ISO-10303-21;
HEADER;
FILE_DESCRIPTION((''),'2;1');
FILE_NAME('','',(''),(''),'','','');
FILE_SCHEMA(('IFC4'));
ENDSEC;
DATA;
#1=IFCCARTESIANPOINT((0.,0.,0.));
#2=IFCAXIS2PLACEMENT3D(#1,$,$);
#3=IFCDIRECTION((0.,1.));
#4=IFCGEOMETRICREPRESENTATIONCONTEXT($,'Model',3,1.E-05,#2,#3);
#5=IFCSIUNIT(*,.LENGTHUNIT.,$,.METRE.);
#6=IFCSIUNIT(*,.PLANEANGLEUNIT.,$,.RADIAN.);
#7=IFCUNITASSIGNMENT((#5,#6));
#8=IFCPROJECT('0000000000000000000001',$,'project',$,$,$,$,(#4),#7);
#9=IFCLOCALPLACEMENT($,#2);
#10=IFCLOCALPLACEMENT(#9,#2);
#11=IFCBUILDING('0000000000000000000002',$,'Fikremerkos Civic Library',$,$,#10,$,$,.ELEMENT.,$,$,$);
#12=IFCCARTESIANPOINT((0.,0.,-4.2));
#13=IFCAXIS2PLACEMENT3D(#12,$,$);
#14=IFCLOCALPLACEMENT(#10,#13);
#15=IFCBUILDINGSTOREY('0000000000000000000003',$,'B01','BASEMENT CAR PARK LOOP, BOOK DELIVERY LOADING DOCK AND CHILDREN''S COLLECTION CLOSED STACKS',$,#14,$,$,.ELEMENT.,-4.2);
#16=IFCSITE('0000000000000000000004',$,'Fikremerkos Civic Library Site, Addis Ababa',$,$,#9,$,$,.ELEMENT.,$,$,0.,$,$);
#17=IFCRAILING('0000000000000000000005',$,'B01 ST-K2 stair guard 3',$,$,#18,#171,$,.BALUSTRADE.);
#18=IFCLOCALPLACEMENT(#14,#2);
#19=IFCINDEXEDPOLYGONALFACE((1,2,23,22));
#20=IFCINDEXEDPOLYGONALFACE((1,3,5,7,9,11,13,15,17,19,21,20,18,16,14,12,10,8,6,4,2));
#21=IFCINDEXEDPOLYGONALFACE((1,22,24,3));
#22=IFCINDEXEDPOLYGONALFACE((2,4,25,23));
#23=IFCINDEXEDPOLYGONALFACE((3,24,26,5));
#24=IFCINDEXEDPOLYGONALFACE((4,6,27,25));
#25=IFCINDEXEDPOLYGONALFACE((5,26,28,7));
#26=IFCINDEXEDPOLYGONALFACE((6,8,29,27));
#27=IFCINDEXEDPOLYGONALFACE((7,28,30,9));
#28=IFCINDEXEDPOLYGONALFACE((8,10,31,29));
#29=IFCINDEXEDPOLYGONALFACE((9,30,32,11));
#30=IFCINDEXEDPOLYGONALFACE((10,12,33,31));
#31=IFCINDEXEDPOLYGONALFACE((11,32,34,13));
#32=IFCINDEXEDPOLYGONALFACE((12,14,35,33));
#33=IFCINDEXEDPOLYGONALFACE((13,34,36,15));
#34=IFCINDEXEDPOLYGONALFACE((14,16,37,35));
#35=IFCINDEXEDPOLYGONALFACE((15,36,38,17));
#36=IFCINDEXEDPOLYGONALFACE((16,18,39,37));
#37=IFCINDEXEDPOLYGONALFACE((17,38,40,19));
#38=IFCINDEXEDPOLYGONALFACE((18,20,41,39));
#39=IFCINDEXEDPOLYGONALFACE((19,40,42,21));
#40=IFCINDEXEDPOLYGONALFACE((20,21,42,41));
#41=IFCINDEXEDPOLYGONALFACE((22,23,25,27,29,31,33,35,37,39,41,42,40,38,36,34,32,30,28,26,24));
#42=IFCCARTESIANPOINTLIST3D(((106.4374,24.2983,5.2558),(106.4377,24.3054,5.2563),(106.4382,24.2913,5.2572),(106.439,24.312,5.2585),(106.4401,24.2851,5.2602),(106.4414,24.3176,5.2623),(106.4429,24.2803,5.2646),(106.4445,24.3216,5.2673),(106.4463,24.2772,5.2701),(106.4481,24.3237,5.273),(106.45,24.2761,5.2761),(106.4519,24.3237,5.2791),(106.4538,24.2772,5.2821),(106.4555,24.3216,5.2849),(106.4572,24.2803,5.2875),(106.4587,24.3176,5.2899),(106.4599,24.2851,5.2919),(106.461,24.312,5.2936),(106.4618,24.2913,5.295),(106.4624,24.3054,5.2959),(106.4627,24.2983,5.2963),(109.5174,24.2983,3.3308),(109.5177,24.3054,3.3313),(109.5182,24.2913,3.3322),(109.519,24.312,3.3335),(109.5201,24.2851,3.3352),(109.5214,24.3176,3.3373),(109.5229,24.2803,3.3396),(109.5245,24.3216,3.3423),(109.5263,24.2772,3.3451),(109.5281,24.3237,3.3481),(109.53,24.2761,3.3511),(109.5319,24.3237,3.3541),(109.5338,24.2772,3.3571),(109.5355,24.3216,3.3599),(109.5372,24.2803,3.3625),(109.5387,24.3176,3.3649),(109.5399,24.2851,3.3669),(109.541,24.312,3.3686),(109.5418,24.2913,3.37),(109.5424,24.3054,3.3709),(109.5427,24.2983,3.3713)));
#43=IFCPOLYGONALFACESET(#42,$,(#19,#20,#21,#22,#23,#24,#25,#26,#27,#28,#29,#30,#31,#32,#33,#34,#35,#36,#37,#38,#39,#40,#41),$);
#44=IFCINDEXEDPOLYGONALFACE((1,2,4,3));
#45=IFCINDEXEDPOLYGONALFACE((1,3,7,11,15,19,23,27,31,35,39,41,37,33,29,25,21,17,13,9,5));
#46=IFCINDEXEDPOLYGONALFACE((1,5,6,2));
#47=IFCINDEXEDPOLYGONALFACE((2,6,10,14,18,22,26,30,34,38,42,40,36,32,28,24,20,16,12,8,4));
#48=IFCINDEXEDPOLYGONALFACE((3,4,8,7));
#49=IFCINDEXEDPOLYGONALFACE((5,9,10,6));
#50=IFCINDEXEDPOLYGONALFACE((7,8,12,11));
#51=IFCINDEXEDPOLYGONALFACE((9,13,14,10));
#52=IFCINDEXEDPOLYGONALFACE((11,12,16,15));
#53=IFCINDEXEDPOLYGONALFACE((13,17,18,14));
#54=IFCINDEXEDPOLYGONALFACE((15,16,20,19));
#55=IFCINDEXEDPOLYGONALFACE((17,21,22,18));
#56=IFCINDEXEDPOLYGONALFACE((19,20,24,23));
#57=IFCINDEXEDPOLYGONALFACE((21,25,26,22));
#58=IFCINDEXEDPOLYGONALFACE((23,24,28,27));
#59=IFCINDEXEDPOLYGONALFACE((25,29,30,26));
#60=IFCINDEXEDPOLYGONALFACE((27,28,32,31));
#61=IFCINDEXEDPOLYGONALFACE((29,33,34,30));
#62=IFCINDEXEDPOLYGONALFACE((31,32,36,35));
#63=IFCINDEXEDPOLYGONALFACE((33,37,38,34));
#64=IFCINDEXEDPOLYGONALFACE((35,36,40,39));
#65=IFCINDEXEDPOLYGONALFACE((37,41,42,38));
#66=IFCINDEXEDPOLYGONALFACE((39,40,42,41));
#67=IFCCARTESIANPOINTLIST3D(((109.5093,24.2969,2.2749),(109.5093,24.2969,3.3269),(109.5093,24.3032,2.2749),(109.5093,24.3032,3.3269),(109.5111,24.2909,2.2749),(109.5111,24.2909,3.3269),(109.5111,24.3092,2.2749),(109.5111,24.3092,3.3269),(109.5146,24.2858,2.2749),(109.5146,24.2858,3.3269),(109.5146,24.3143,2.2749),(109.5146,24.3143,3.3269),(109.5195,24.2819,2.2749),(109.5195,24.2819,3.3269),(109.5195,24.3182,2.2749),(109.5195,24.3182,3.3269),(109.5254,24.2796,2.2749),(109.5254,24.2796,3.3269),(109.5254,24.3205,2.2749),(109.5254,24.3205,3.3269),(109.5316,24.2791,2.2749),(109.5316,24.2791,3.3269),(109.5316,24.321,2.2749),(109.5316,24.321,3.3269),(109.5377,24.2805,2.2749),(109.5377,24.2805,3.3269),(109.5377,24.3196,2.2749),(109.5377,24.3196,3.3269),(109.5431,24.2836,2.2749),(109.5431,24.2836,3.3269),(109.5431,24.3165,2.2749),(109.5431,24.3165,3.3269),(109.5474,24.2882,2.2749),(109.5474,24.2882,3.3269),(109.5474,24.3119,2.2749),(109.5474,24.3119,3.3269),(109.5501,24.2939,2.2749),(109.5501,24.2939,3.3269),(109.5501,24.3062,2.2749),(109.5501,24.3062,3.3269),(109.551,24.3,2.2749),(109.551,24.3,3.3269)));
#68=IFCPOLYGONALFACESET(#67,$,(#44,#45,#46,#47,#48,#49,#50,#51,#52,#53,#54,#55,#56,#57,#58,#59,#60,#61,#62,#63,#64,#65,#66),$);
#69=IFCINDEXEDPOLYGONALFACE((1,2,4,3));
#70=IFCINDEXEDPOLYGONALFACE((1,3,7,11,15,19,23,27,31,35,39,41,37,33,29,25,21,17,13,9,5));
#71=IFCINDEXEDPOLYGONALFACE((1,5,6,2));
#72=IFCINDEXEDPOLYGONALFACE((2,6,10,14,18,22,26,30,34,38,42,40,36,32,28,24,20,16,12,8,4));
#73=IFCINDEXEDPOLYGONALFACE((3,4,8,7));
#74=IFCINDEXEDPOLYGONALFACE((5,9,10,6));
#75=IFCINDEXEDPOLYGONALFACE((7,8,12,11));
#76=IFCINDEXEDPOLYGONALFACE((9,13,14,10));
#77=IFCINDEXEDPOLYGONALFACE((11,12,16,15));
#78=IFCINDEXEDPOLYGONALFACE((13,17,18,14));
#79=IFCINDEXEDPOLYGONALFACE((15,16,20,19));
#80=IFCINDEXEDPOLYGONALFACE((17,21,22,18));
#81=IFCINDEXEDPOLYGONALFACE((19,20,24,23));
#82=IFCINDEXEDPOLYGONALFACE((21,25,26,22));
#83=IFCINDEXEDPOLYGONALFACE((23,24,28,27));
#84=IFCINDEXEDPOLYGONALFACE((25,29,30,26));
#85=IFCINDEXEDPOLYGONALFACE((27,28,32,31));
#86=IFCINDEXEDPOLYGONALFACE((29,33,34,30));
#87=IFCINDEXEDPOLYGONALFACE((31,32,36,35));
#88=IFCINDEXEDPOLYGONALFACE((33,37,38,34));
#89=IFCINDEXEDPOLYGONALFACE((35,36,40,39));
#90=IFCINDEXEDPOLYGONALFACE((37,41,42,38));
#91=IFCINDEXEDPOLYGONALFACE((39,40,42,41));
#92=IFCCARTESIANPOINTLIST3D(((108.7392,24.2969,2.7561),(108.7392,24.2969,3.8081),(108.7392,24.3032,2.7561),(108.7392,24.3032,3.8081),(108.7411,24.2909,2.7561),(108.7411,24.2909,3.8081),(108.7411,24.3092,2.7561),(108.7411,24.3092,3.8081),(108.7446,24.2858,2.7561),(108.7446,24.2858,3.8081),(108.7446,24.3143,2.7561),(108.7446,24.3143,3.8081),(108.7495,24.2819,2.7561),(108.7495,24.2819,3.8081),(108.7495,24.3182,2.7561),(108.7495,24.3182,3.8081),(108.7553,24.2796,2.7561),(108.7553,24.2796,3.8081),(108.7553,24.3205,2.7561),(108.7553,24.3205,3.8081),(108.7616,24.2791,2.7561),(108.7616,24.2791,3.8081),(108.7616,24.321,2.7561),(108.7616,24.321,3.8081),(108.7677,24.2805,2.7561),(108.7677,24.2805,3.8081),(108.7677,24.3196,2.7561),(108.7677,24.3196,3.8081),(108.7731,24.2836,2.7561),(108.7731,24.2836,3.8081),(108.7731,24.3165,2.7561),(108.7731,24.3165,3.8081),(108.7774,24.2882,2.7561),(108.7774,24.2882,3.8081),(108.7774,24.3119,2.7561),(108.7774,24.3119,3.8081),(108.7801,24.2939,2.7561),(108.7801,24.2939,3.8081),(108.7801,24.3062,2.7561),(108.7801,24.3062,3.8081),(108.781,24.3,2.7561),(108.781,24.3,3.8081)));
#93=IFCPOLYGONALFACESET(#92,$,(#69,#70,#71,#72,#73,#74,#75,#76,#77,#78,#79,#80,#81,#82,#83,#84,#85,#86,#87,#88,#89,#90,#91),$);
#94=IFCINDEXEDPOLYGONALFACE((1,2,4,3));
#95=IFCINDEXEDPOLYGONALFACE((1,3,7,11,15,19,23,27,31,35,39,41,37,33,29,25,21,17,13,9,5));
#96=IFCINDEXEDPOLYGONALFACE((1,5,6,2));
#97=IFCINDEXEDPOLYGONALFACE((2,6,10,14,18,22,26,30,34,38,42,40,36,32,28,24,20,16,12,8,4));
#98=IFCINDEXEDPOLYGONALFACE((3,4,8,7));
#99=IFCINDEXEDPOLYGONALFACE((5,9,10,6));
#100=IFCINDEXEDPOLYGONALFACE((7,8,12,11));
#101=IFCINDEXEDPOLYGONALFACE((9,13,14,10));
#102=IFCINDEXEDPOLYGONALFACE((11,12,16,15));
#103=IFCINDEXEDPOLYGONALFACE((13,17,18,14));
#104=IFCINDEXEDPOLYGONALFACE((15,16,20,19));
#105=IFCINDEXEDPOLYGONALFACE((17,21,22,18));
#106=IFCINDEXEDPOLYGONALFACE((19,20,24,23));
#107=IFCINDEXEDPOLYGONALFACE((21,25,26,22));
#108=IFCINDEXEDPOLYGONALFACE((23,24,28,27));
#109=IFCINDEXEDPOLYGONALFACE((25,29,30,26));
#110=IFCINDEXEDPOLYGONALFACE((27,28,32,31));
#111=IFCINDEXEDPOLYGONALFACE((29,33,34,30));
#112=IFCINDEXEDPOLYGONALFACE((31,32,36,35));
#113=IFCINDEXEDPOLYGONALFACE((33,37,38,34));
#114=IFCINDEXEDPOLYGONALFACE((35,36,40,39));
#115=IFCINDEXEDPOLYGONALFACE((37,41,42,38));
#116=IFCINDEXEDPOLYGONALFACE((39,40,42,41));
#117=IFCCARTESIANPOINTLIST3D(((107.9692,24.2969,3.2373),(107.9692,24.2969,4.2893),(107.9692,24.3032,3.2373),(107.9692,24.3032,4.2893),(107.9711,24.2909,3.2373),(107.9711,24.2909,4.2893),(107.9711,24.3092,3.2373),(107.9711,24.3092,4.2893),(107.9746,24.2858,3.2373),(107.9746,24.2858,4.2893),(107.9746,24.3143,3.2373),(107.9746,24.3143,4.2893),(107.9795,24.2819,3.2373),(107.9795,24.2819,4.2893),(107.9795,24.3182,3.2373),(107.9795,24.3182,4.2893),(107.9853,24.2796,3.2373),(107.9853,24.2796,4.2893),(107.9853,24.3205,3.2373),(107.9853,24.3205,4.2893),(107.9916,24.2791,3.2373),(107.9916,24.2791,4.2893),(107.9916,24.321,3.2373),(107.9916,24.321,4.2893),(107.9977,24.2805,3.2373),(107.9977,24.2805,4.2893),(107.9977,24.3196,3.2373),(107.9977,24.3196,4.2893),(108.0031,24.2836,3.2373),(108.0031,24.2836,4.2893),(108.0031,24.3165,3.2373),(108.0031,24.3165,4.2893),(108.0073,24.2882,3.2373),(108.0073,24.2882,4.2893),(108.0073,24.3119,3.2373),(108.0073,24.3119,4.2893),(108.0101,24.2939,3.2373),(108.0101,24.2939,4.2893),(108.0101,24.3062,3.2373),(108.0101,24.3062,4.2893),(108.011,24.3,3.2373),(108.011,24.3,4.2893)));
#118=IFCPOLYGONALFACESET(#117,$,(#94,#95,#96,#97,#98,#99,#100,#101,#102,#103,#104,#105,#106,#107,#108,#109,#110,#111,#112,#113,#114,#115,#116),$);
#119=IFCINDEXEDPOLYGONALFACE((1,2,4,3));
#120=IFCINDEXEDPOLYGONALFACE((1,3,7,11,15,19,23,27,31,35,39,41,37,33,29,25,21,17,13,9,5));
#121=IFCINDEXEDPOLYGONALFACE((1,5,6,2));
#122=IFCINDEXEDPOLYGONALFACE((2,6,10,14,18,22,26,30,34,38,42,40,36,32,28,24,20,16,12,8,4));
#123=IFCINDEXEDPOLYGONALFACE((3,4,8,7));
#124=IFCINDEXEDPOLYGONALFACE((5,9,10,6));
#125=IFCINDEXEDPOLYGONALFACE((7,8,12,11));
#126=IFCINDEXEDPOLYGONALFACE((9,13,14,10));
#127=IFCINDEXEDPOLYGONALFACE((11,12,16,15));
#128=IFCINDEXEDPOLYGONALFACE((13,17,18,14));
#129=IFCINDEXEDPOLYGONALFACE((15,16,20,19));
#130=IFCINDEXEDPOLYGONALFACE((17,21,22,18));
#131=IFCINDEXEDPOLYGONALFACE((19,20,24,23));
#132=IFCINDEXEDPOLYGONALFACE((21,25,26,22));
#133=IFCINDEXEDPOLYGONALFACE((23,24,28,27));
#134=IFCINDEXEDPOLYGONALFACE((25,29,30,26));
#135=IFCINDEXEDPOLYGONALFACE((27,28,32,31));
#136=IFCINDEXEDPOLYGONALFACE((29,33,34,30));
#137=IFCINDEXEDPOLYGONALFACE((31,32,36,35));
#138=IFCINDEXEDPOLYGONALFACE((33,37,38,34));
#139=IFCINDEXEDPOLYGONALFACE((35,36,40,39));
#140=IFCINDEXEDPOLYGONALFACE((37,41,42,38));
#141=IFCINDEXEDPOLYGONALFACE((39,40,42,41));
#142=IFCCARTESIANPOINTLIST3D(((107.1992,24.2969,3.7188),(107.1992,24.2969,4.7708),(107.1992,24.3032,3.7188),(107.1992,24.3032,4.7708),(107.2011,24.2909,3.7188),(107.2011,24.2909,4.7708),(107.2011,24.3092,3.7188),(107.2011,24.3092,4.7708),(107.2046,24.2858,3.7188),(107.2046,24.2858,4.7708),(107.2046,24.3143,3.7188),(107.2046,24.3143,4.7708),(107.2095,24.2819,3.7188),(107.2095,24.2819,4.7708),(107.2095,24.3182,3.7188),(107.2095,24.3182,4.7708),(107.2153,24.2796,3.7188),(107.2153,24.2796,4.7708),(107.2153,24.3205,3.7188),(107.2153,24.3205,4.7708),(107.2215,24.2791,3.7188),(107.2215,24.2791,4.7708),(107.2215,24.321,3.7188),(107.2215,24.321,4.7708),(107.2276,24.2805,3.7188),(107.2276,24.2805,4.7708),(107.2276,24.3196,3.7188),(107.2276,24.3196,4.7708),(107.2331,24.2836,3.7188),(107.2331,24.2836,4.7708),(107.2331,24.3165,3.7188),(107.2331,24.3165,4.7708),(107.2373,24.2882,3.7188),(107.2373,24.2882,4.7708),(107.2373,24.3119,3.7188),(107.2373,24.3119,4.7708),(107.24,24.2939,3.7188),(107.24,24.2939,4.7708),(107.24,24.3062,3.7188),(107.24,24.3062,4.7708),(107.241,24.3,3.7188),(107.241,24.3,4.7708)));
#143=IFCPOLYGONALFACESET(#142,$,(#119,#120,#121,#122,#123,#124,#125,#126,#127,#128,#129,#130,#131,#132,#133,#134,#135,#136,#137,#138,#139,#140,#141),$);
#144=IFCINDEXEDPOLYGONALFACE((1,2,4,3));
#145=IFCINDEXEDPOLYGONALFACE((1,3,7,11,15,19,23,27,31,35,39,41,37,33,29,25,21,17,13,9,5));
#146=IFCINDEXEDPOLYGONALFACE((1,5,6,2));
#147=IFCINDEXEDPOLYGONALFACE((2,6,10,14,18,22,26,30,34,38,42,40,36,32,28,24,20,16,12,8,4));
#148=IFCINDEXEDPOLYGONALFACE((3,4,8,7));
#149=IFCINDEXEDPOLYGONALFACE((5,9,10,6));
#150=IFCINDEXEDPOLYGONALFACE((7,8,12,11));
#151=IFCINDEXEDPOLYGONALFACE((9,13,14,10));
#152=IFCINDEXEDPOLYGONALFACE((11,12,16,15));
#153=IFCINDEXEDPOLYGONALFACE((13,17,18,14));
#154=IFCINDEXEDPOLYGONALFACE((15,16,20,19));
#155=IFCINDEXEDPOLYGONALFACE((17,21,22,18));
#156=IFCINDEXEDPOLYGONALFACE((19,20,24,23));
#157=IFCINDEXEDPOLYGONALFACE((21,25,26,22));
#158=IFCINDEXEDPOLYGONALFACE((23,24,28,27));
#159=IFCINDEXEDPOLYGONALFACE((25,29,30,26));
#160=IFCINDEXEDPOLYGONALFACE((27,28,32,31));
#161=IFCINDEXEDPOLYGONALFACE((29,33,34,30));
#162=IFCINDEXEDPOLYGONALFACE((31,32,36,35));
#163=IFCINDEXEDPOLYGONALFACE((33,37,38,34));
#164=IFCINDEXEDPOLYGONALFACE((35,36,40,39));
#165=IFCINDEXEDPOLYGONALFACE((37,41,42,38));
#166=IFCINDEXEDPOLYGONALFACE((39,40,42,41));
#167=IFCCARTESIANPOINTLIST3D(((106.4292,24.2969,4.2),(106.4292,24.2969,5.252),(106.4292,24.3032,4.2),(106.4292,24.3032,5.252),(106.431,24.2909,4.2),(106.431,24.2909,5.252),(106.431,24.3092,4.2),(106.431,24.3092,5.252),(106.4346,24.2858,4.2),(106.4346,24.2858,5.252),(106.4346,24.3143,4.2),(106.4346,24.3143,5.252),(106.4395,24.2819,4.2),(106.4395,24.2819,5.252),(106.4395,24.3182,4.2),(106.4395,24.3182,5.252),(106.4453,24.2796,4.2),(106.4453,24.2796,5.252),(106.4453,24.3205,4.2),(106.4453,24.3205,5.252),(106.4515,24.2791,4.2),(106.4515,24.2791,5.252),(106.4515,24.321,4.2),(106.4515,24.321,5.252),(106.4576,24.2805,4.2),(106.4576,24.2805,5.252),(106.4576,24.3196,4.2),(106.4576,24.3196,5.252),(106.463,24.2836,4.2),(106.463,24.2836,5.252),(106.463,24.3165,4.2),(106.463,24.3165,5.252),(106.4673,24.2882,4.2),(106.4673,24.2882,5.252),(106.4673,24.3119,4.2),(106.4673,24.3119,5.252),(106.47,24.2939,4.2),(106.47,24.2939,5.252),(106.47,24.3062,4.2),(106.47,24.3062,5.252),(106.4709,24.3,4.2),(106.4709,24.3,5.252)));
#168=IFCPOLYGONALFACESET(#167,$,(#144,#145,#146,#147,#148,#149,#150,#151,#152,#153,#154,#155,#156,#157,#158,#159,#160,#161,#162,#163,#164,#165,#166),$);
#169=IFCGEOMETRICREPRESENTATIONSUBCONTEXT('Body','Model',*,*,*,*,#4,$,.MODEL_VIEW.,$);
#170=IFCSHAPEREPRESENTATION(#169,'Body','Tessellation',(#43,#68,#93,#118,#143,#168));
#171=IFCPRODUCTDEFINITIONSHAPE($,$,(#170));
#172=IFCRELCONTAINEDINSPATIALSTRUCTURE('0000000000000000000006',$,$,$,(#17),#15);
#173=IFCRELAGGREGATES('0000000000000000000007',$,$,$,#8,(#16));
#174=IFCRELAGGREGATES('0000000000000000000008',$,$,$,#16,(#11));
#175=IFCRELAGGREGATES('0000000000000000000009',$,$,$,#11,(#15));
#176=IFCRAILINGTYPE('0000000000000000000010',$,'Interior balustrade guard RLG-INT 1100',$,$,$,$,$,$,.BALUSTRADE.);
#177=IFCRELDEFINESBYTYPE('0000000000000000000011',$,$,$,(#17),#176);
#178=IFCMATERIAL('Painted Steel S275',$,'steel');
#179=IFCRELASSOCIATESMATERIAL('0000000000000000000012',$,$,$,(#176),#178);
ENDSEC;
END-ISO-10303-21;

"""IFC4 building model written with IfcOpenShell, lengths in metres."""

from ifc_helpers import new_model, si_unit, direction, frame, origin, origin_2d, place, context, subcontext, project, spatial, circle, extrude, material, type_object, element, save


model = new_model("IFC4")

# Units and contexts
model_context = context("Model", 3, precision=1e-05, world=origin(), true_north=direction((0.0, 1.0)))
body_context = subcontext(model_context, "Body", "Model", "MODEL_VIEW")
ifc_project = project(units=[si_unit("LENGTHUNIT", "METRE"), si_unit("PLANEANGLEUNIT", "RADIAN")], contexts=[model_context])

# Site, building, storey
site_placement = place(None, origin())
site = spatial("IfcSite", under=ifc_project, at=site_placement, Name="Fikremerkos Civic Library Site, Addis Ababa", CompositionType="ELEMENT", RefElevation=0.0)
building_placement = place(site_placement, origin())
building = spatial("IfcBuilding", under=site, at=building_placement, Name="Fikremerkos Civic Library", CompositionType="ELEMENT")
storey_placement = place(building_placement, frame((0.0, 0.0, -4.2)))
storey = spatial("IfcBuildingStorey", under=building, at=storey_placement, Name="B01", Description="BASEMENT CAR PARK LOOP, BOOK DELIVERY LOADING DOCK AND CHILDREN'S COLLECTION CLOSED STACKS", CompositionType="ELEMENT", Elevation=-4.2)

# Railing
ifc_material_1 = material(Name="Painted Steel S275", Category="steel")
railing_type_1 = type_object("IfcRailingType", Name="Interior balustrade guard RLG-INT 1100", PredefinedType="BALUSTRADE", material=ifc_material_1)
railing_1_placement = place(storey_placement, frame((109.53, 24.3, 2.2749)))
element("IfcRailing", 1, at=railing_1_placement, inside=storey, type_object=railing_type_1, Name="B01 ST-K2 stair guard 3", PredefinedType="BALUSTRADE", context=body_context, shape_type="SweptSolid", body=[
    extrude(circle(Radius=0.0239, at=origin_2d()), frame((0.0, 0.0, 1.0762), z_axis=(-0.847998, 0.0, 0.529999), x_axis=(0.0, -1.0, 0.0)), (0.0, 0.0, 1.0), 3.6321),
    extrude(circle(Radius=0.021, at=origin_2d()), origin(), (0.0, 0.0, 1.0), 1.052),
    extrude(circle(Radius=0.021, at=origin_2d()), frame((-0.77, 0.0, 0.4812)), (0.0, 0.0, 1.0), 1.052),
    extrude(circle(Radius=0.021, at=origin_2d()), frame((-1.54, 0.0, 0.9624)), (0.0, 0.0, 1.0), 1.052),
    extrude(circle(Radius=0.021, at=origin_2d()), frame((-2.3101, 0.0, 1.4438)), (0.0, 0.0, 1.0), 1.052),
    extrude(circle(Radius=0.021, at=origin_2d()), frame((-3.0801, 0.0, 1.925)), (0.0, 0.0, 1.0), 1.052),
])

save(model, "model.ifc")
